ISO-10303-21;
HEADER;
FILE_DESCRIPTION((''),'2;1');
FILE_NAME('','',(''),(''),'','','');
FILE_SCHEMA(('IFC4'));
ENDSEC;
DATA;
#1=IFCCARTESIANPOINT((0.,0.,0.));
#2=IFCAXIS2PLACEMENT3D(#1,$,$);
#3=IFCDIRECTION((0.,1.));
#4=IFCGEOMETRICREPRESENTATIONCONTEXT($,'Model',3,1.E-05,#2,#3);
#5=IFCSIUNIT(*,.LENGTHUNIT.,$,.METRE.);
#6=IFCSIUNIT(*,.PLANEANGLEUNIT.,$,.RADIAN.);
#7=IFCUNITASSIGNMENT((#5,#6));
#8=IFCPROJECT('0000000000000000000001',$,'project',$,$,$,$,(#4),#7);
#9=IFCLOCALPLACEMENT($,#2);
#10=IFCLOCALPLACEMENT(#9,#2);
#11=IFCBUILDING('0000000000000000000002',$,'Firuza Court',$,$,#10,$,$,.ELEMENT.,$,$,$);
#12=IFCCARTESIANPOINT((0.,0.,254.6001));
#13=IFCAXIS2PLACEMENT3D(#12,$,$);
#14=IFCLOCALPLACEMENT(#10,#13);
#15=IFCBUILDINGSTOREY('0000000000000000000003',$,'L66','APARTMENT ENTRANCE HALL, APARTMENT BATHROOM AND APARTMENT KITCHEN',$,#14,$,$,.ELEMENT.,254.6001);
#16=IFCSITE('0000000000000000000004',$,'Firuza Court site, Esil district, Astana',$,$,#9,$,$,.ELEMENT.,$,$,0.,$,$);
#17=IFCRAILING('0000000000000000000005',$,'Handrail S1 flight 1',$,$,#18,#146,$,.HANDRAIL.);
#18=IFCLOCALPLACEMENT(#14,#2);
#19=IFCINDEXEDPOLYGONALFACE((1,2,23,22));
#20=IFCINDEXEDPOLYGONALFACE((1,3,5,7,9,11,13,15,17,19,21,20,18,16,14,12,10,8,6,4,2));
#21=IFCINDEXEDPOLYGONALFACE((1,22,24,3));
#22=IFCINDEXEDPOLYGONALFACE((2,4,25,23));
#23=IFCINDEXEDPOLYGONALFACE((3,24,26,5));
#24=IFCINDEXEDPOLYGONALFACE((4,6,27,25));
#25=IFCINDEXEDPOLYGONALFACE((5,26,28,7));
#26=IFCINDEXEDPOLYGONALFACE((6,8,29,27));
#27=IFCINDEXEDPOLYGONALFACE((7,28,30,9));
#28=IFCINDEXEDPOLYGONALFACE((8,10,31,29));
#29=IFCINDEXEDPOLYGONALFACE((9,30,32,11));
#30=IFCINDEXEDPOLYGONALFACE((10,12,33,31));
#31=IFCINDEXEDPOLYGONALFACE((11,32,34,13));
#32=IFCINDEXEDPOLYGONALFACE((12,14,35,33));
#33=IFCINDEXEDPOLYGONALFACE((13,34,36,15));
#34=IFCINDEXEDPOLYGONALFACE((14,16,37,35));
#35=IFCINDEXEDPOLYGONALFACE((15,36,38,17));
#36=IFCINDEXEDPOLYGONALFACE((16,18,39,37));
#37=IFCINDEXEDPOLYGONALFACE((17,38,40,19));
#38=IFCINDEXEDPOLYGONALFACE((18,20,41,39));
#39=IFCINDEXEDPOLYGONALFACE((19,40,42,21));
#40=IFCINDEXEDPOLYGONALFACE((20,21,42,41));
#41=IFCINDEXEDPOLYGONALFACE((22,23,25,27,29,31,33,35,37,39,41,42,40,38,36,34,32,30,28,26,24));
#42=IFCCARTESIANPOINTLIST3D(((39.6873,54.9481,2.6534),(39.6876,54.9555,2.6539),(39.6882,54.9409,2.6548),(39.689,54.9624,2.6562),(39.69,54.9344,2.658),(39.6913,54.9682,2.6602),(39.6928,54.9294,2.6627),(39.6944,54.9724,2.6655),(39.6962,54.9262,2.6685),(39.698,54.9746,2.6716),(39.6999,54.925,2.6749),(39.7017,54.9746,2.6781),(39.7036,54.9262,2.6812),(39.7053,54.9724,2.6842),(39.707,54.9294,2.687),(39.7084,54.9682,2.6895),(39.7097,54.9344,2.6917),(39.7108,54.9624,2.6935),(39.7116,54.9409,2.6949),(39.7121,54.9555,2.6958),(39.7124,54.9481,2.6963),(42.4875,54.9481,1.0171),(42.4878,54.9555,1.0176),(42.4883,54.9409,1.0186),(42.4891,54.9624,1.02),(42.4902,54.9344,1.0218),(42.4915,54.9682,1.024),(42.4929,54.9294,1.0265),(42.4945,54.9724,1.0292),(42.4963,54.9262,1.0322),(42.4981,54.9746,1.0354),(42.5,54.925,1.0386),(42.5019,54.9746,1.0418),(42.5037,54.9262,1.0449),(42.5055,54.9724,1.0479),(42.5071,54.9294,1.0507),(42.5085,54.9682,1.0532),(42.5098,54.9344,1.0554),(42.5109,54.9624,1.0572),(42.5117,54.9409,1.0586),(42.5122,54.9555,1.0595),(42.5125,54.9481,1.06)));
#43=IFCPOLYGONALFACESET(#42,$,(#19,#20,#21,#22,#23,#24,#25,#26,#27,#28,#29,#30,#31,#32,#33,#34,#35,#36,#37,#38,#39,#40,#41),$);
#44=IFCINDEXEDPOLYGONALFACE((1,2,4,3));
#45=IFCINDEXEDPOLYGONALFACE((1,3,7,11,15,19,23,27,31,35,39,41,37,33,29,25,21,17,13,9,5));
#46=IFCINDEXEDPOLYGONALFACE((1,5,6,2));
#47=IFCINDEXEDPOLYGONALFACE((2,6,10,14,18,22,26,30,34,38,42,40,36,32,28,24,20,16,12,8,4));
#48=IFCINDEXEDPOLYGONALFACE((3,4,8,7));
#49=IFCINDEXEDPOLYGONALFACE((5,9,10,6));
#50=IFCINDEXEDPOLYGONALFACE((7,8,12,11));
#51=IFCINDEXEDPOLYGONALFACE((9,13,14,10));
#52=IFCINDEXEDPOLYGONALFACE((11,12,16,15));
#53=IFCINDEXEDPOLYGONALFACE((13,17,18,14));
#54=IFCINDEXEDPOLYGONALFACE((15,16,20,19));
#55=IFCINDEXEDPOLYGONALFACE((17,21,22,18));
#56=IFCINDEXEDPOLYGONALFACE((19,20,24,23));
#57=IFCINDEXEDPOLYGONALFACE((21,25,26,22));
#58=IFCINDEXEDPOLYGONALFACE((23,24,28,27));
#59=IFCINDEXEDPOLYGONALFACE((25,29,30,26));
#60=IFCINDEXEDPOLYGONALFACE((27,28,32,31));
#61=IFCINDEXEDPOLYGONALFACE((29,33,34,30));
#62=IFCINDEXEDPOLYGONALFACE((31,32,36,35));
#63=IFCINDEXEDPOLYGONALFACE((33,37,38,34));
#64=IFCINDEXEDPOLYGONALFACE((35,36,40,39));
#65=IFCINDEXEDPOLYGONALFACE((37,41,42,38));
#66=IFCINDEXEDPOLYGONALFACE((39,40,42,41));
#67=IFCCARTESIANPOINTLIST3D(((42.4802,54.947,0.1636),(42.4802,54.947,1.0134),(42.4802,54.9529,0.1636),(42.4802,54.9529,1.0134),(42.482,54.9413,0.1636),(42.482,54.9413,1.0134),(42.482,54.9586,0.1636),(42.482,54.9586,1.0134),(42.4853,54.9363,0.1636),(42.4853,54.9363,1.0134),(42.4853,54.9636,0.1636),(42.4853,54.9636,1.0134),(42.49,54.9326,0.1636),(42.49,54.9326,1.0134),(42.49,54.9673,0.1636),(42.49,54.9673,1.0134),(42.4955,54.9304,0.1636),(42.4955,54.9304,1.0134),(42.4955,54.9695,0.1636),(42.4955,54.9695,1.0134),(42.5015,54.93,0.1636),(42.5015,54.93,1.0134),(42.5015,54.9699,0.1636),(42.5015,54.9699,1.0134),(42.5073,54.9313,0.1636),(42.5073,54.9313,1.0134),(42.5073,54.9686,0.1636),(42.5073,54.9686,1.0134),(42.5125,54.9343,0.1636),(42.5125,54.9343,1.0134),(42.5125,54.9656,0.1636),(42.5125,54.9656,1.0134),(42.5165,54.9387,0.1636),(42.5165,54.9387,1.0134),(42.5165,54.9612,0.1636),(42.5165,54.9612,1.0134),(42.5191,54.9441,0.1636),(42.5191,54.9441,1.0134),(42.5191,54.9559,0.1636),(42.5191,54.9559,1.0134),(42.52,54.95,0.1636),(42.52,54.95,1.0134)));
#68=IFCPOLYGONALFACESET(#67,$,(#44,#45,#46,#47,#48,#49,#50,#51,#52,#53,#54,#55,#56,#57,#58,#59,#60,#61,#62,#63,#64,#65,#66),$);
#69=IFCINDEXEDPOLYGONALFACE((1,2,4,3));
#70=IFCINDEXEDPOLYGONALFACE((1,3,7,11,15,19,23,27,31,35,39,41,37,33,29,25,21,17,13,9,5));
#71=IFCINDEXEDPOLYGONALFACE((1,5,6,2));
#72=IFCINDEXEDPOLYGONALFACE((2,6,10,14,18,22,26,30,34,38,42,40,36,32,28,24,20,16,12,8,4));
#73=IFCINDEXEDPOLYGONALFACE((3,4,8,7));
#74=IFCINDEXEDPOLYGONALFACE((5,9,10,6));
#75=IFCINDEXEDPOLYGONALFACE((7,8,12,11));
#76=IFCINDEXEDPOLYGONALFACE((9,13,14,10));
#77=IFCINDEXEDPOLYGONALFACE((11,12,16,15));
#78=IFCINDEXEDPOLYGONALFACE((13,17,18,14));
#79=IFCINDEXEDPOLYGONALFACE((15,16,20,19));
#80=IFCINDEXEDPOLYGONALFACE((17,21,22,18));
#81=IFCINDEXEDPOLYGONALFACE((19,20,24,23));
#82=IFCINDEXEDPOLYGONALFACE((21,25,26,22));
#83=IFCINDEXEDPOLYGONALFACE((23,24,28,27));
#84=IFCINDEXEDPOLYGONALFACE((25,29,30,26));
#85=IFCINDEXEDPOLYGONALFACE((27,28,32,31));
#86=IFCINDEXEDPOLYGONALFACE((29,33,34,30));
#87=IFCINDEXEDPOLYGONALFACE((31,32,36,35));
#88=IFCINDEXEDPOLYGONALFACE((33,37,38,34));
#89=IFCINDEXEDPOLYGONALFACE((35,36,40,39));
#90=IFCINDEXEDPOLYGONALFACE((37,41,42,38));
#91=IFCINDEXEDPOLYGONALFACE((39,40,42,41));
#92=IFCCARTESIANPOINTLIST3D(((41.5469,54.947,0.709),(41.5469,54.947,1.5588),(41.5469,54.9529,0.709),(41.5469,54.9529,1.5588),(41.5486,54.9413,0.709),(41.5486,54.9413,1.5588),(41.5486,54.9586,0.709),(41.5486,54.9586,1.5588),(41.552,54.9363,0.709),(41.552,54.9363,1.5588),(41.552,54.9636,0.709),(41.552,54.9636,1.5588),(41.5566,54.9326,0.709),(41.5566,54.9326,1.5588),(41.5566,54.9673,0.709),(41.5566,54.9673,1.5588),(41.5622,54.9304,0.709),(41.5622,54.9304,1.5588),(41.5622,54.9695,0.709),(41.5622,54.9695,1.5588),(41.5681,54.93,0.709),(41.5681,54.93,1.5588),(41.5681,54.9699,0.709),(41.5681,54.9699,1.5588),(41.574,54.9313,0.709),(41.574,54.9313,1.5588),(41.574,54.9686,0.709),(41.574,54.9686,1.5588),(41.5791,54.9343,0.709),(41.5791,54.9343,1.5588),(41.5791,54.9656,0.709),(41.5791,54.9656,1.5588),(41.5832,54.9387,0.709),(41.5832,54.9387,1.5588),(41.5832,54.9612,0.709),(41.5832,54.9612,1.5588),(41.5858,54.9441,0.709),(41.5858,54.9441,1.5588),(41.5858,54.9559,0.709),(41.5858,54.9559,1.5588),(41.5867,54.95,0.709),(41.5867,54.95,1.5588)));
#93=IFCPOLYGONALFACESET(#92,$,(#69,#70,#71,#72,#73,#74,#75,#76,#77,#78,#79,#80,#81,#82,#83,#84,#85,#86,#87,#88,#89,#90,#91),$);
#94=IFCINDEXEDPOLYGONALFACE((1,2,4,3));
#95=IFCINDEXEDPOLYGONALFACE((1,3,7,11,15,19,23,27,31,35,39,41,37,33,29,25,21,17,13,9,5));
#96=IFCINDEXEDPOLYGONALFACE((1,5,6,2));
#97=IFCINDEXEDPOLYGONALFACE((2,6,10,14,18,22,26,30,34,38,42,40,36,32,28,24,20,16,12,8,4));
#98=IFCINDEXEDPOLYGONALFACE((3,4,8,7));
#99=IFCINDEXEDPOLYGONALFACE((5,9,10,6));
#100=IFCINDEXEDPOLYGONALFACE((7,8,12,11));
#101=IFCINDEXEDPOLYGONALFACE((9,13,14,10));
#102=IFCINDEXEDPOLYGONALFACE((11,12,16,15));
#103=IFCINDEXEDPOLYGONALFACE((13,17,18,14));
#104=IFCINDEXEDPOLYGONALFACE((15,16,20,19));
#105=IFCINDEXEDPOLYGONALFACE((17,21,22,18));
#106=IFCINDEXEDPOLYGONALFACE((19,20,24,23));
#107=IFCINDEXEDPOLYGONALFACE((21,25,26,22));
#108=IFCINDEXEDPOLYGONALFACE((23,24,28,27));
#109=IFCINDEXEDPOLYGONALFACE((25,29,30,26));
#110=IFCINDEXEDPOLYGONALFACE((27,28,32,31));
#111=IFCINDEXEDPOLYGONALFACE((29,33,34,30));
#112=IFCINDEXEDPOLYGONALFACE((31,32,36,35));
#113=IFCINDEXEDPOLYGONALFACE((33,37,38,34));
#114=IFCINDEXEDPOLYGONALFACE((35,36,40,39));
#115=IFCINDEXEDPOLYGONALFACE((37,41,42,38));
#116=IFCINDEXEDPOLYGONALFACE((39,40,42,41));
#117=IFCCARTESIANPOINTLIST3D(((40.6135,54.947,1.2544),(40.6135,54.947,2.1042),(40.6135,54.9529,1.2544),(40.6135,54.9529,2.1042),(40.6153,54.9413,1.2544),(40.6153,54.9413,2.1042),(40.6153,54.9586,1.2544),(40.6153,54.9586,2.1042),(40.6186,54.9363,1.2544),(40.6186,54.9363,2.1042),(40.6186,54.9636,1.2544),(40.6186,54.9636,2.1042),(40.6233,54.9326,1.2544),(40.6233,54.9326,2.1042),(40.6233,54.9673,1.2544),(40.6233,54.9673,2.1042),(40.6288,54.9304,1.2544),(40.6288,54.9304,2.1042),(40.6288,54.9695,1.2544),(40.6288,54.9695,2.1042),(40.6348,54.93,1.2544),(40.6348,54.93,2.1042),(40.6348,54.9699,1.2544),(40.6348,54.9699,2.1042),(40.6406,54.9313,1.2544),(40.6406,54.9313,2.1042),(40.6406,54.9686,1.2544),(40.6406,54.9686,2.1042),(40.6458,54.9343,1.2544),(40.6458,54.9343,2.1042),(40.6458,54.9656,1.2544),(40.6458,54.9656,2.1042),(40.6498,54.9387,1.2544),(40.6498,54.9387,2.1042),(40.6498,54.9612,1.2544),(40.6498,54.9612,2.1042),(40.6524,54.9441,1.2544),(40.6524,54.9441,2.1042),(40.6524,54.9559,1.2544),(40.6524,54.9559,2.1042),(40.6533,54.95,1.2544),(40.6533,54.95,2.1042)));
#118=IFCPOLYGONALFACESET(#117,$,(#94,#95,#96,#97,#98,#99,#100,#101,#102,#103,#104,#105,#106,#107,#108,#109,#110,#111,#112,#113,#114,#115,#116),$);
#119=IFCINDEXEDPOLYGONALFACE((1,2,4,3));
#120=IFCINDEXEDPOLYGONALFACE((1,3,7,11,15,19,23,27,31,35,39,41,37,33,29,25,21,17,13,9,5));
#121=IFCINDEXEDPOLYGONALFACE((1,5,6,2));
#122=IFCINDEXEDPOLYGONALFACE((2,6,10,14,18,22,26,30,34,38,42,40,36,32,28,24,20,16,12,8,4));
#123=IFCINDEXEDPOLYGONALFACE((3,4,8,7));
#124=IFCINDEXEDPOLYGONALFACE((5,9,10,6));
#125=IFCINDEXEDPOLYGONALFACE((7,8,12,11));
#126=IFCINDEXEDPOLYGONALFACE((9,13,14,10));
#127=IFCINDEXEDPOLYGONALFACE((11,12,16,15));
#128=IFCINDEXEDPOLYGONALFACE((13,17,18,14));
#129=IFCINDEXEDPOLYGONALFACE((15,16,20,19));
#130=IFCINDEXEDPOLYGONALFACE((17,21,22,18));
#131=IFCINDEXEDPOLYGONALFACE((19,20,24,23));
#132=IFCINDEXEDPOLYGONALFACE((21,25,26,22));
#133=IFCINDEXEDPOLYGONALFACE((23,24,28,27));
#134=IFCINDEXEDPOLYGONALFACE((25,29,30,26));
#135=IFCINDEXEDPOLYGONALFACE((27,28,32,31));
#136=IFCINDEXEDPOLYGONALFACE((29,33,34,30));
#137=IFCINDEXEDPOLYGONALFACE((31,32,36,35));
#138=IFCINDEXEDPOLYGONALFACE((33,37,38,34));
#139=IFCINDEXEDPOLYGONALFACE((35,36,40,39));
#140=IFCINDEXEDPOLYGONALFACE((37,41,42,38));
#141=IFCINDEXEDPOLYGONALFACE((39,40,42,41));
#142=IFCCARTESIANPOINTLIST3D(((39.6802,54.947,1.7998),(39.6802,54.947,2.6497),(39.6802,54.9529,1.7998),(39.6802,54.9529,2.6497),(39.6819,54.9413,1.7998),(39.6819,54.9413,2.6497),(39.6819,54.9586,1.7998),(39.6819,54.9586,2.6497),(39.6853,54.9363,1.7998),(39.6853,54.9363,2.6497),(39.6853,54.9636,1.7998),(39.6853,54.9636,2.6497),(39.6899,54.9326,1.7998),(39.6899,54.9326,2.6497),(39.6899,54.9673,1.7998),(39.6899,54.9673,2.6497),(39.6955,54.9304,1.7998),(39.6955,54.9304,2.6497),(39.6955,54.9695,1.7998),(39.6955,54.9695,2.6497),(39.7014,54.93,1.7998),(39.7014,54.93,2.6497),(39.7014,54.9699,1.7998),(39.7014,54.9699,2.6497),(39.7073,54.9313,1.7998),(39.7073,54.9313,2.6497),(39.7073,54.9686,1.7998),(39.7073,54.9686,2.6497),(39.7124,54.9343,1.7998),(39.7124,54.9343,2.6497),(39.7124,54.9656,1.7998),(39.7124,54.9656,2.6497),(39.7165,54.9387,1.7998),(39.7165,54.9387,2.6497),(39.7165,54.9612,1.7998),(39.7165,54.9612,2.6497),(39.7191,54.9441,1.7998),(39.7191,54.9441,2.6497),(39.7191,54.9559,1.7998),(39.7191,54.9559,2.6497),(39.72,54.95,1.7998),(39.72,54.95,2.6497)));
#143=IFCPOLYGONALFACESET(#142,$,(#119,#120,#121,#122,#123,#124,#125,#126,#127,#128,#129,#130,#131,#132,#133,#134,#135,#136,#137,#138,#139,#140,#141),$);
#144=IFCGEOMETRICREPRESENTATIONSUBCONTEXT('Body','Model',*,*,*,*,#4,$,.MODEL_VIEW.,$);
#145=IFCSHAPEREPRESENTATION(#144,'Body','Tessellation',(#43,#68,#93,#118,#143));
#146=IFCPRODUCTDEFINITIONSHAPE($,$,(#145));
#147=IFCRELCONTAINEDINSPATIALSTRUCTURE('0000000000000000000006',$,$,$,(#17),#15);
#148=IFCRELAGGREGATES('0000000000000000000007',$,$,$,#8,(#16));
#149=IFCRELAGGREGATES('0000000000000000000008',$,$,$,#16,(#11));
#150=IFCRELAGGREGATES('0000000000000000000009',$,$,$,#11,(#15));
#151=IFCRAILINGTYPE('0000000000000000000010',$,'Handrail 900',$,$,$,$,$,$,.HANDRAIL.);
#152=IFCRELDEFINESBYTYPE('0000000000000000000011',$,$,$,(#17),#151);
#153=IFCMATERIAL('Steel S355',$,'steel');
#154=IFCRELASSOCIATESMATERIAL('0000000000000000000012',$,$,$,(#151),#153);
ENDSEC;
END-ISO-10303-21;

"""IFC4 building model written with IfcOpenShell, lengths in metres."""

from ifc_helpers import new_model, si_unit, direction, frame, origin, origin_2d, place, context, subcontext, project, spatial, circle, extrude, material, type_object, element, save


model = new_model("IFC4")

# Units and contexts
model_context = context("Model", 3, precision=1e-05, world=origin(), true_north=direction((0.0, 1.0)))
body_context = subcontext(model_context, "Body", "Model", "MODEL_VIEW")
ifc_project = project(units=[si_unit("LENGTHUNIT", "METRE"), si_unit("PLANEANGLEUNIT", "RADIAN")], contexts=[model_context])

# Site, building, storey
site_placement = place(None, origin())
site = spatial("IfcSite", under=ifc_project, at=site_placement, Name="Firuza Court site, Esil district, Astana", CompositionType="ELEMENT", RefElevation=0.0)
building_placement = place(site_placement, origin())
building = spatial("IfcBuilding", under=site, at=building_placement, Name="Firuza Court", CompositionType="ELEMENT")
storey_placement = place(building_placement, frame((0.0, 0.0, 254.6001)))
storey = spatial("IfcBuildingStorey", under=building, at=storey_placement, Name="L66", Description="APARTMENT ENTRANCE HALL, APARTMENT BATHROOM AND APARTMENT KITCHEN", CompositionType="ELEMENT", Elevation=254.6001)

# Railing
ifc_material_1 = material(Name="Steel S355", Category="steel")
railing_type_1 = type_object("IfcRailingType", Name="Handrail 900", PredefinedType="HANDRAIL", material=ifc_material_1)
railing_1_placement = place(storey_placement, frame((42.5, 54.95, 0.1636)))
element("IfcRailing", 1, at=railing_1_placement, inside=storey, type_object=railing_type_1, Name="Handrail S1 flight 1", PredefinedType="HANDRAIL", context=body_context, shape_type="SweptSolid", body=[
    extrude(circle(Radius=0.0249, at=origin_2d()), frame((0.0, 0.0, 0.875), z_axis=(-0.863394, 0.0, 0.504531), x_axis=(0.0, -1.0, 0.0)), (0.0, 0.0, 1.0), 3.2432),
    extrude(circle(Radius=0.02, at=origin_2d()), origin(), (0.0, 0.0, 1.0), 0.8499),
    extrude(circle(Radius=0.02, at=origin_2d()), frame((-0.9333, 0.0, 0.5454)), (0.0, 0.0, 1.0), 0.8499),
    extrude(circle(Radius=0.02, at=origin_2d()), frame((-1.8667, 0.0, 1.0908)), (0.0, 0.0, 1.0), 0.8499),
    extrude(circle(Radius=0.02, at=origin_2d()), frame((-2.8, 0.0, 1.6362)), (0.0, 0.0, 1.0), 0.8499),
])

save(model, "model.ifc")
